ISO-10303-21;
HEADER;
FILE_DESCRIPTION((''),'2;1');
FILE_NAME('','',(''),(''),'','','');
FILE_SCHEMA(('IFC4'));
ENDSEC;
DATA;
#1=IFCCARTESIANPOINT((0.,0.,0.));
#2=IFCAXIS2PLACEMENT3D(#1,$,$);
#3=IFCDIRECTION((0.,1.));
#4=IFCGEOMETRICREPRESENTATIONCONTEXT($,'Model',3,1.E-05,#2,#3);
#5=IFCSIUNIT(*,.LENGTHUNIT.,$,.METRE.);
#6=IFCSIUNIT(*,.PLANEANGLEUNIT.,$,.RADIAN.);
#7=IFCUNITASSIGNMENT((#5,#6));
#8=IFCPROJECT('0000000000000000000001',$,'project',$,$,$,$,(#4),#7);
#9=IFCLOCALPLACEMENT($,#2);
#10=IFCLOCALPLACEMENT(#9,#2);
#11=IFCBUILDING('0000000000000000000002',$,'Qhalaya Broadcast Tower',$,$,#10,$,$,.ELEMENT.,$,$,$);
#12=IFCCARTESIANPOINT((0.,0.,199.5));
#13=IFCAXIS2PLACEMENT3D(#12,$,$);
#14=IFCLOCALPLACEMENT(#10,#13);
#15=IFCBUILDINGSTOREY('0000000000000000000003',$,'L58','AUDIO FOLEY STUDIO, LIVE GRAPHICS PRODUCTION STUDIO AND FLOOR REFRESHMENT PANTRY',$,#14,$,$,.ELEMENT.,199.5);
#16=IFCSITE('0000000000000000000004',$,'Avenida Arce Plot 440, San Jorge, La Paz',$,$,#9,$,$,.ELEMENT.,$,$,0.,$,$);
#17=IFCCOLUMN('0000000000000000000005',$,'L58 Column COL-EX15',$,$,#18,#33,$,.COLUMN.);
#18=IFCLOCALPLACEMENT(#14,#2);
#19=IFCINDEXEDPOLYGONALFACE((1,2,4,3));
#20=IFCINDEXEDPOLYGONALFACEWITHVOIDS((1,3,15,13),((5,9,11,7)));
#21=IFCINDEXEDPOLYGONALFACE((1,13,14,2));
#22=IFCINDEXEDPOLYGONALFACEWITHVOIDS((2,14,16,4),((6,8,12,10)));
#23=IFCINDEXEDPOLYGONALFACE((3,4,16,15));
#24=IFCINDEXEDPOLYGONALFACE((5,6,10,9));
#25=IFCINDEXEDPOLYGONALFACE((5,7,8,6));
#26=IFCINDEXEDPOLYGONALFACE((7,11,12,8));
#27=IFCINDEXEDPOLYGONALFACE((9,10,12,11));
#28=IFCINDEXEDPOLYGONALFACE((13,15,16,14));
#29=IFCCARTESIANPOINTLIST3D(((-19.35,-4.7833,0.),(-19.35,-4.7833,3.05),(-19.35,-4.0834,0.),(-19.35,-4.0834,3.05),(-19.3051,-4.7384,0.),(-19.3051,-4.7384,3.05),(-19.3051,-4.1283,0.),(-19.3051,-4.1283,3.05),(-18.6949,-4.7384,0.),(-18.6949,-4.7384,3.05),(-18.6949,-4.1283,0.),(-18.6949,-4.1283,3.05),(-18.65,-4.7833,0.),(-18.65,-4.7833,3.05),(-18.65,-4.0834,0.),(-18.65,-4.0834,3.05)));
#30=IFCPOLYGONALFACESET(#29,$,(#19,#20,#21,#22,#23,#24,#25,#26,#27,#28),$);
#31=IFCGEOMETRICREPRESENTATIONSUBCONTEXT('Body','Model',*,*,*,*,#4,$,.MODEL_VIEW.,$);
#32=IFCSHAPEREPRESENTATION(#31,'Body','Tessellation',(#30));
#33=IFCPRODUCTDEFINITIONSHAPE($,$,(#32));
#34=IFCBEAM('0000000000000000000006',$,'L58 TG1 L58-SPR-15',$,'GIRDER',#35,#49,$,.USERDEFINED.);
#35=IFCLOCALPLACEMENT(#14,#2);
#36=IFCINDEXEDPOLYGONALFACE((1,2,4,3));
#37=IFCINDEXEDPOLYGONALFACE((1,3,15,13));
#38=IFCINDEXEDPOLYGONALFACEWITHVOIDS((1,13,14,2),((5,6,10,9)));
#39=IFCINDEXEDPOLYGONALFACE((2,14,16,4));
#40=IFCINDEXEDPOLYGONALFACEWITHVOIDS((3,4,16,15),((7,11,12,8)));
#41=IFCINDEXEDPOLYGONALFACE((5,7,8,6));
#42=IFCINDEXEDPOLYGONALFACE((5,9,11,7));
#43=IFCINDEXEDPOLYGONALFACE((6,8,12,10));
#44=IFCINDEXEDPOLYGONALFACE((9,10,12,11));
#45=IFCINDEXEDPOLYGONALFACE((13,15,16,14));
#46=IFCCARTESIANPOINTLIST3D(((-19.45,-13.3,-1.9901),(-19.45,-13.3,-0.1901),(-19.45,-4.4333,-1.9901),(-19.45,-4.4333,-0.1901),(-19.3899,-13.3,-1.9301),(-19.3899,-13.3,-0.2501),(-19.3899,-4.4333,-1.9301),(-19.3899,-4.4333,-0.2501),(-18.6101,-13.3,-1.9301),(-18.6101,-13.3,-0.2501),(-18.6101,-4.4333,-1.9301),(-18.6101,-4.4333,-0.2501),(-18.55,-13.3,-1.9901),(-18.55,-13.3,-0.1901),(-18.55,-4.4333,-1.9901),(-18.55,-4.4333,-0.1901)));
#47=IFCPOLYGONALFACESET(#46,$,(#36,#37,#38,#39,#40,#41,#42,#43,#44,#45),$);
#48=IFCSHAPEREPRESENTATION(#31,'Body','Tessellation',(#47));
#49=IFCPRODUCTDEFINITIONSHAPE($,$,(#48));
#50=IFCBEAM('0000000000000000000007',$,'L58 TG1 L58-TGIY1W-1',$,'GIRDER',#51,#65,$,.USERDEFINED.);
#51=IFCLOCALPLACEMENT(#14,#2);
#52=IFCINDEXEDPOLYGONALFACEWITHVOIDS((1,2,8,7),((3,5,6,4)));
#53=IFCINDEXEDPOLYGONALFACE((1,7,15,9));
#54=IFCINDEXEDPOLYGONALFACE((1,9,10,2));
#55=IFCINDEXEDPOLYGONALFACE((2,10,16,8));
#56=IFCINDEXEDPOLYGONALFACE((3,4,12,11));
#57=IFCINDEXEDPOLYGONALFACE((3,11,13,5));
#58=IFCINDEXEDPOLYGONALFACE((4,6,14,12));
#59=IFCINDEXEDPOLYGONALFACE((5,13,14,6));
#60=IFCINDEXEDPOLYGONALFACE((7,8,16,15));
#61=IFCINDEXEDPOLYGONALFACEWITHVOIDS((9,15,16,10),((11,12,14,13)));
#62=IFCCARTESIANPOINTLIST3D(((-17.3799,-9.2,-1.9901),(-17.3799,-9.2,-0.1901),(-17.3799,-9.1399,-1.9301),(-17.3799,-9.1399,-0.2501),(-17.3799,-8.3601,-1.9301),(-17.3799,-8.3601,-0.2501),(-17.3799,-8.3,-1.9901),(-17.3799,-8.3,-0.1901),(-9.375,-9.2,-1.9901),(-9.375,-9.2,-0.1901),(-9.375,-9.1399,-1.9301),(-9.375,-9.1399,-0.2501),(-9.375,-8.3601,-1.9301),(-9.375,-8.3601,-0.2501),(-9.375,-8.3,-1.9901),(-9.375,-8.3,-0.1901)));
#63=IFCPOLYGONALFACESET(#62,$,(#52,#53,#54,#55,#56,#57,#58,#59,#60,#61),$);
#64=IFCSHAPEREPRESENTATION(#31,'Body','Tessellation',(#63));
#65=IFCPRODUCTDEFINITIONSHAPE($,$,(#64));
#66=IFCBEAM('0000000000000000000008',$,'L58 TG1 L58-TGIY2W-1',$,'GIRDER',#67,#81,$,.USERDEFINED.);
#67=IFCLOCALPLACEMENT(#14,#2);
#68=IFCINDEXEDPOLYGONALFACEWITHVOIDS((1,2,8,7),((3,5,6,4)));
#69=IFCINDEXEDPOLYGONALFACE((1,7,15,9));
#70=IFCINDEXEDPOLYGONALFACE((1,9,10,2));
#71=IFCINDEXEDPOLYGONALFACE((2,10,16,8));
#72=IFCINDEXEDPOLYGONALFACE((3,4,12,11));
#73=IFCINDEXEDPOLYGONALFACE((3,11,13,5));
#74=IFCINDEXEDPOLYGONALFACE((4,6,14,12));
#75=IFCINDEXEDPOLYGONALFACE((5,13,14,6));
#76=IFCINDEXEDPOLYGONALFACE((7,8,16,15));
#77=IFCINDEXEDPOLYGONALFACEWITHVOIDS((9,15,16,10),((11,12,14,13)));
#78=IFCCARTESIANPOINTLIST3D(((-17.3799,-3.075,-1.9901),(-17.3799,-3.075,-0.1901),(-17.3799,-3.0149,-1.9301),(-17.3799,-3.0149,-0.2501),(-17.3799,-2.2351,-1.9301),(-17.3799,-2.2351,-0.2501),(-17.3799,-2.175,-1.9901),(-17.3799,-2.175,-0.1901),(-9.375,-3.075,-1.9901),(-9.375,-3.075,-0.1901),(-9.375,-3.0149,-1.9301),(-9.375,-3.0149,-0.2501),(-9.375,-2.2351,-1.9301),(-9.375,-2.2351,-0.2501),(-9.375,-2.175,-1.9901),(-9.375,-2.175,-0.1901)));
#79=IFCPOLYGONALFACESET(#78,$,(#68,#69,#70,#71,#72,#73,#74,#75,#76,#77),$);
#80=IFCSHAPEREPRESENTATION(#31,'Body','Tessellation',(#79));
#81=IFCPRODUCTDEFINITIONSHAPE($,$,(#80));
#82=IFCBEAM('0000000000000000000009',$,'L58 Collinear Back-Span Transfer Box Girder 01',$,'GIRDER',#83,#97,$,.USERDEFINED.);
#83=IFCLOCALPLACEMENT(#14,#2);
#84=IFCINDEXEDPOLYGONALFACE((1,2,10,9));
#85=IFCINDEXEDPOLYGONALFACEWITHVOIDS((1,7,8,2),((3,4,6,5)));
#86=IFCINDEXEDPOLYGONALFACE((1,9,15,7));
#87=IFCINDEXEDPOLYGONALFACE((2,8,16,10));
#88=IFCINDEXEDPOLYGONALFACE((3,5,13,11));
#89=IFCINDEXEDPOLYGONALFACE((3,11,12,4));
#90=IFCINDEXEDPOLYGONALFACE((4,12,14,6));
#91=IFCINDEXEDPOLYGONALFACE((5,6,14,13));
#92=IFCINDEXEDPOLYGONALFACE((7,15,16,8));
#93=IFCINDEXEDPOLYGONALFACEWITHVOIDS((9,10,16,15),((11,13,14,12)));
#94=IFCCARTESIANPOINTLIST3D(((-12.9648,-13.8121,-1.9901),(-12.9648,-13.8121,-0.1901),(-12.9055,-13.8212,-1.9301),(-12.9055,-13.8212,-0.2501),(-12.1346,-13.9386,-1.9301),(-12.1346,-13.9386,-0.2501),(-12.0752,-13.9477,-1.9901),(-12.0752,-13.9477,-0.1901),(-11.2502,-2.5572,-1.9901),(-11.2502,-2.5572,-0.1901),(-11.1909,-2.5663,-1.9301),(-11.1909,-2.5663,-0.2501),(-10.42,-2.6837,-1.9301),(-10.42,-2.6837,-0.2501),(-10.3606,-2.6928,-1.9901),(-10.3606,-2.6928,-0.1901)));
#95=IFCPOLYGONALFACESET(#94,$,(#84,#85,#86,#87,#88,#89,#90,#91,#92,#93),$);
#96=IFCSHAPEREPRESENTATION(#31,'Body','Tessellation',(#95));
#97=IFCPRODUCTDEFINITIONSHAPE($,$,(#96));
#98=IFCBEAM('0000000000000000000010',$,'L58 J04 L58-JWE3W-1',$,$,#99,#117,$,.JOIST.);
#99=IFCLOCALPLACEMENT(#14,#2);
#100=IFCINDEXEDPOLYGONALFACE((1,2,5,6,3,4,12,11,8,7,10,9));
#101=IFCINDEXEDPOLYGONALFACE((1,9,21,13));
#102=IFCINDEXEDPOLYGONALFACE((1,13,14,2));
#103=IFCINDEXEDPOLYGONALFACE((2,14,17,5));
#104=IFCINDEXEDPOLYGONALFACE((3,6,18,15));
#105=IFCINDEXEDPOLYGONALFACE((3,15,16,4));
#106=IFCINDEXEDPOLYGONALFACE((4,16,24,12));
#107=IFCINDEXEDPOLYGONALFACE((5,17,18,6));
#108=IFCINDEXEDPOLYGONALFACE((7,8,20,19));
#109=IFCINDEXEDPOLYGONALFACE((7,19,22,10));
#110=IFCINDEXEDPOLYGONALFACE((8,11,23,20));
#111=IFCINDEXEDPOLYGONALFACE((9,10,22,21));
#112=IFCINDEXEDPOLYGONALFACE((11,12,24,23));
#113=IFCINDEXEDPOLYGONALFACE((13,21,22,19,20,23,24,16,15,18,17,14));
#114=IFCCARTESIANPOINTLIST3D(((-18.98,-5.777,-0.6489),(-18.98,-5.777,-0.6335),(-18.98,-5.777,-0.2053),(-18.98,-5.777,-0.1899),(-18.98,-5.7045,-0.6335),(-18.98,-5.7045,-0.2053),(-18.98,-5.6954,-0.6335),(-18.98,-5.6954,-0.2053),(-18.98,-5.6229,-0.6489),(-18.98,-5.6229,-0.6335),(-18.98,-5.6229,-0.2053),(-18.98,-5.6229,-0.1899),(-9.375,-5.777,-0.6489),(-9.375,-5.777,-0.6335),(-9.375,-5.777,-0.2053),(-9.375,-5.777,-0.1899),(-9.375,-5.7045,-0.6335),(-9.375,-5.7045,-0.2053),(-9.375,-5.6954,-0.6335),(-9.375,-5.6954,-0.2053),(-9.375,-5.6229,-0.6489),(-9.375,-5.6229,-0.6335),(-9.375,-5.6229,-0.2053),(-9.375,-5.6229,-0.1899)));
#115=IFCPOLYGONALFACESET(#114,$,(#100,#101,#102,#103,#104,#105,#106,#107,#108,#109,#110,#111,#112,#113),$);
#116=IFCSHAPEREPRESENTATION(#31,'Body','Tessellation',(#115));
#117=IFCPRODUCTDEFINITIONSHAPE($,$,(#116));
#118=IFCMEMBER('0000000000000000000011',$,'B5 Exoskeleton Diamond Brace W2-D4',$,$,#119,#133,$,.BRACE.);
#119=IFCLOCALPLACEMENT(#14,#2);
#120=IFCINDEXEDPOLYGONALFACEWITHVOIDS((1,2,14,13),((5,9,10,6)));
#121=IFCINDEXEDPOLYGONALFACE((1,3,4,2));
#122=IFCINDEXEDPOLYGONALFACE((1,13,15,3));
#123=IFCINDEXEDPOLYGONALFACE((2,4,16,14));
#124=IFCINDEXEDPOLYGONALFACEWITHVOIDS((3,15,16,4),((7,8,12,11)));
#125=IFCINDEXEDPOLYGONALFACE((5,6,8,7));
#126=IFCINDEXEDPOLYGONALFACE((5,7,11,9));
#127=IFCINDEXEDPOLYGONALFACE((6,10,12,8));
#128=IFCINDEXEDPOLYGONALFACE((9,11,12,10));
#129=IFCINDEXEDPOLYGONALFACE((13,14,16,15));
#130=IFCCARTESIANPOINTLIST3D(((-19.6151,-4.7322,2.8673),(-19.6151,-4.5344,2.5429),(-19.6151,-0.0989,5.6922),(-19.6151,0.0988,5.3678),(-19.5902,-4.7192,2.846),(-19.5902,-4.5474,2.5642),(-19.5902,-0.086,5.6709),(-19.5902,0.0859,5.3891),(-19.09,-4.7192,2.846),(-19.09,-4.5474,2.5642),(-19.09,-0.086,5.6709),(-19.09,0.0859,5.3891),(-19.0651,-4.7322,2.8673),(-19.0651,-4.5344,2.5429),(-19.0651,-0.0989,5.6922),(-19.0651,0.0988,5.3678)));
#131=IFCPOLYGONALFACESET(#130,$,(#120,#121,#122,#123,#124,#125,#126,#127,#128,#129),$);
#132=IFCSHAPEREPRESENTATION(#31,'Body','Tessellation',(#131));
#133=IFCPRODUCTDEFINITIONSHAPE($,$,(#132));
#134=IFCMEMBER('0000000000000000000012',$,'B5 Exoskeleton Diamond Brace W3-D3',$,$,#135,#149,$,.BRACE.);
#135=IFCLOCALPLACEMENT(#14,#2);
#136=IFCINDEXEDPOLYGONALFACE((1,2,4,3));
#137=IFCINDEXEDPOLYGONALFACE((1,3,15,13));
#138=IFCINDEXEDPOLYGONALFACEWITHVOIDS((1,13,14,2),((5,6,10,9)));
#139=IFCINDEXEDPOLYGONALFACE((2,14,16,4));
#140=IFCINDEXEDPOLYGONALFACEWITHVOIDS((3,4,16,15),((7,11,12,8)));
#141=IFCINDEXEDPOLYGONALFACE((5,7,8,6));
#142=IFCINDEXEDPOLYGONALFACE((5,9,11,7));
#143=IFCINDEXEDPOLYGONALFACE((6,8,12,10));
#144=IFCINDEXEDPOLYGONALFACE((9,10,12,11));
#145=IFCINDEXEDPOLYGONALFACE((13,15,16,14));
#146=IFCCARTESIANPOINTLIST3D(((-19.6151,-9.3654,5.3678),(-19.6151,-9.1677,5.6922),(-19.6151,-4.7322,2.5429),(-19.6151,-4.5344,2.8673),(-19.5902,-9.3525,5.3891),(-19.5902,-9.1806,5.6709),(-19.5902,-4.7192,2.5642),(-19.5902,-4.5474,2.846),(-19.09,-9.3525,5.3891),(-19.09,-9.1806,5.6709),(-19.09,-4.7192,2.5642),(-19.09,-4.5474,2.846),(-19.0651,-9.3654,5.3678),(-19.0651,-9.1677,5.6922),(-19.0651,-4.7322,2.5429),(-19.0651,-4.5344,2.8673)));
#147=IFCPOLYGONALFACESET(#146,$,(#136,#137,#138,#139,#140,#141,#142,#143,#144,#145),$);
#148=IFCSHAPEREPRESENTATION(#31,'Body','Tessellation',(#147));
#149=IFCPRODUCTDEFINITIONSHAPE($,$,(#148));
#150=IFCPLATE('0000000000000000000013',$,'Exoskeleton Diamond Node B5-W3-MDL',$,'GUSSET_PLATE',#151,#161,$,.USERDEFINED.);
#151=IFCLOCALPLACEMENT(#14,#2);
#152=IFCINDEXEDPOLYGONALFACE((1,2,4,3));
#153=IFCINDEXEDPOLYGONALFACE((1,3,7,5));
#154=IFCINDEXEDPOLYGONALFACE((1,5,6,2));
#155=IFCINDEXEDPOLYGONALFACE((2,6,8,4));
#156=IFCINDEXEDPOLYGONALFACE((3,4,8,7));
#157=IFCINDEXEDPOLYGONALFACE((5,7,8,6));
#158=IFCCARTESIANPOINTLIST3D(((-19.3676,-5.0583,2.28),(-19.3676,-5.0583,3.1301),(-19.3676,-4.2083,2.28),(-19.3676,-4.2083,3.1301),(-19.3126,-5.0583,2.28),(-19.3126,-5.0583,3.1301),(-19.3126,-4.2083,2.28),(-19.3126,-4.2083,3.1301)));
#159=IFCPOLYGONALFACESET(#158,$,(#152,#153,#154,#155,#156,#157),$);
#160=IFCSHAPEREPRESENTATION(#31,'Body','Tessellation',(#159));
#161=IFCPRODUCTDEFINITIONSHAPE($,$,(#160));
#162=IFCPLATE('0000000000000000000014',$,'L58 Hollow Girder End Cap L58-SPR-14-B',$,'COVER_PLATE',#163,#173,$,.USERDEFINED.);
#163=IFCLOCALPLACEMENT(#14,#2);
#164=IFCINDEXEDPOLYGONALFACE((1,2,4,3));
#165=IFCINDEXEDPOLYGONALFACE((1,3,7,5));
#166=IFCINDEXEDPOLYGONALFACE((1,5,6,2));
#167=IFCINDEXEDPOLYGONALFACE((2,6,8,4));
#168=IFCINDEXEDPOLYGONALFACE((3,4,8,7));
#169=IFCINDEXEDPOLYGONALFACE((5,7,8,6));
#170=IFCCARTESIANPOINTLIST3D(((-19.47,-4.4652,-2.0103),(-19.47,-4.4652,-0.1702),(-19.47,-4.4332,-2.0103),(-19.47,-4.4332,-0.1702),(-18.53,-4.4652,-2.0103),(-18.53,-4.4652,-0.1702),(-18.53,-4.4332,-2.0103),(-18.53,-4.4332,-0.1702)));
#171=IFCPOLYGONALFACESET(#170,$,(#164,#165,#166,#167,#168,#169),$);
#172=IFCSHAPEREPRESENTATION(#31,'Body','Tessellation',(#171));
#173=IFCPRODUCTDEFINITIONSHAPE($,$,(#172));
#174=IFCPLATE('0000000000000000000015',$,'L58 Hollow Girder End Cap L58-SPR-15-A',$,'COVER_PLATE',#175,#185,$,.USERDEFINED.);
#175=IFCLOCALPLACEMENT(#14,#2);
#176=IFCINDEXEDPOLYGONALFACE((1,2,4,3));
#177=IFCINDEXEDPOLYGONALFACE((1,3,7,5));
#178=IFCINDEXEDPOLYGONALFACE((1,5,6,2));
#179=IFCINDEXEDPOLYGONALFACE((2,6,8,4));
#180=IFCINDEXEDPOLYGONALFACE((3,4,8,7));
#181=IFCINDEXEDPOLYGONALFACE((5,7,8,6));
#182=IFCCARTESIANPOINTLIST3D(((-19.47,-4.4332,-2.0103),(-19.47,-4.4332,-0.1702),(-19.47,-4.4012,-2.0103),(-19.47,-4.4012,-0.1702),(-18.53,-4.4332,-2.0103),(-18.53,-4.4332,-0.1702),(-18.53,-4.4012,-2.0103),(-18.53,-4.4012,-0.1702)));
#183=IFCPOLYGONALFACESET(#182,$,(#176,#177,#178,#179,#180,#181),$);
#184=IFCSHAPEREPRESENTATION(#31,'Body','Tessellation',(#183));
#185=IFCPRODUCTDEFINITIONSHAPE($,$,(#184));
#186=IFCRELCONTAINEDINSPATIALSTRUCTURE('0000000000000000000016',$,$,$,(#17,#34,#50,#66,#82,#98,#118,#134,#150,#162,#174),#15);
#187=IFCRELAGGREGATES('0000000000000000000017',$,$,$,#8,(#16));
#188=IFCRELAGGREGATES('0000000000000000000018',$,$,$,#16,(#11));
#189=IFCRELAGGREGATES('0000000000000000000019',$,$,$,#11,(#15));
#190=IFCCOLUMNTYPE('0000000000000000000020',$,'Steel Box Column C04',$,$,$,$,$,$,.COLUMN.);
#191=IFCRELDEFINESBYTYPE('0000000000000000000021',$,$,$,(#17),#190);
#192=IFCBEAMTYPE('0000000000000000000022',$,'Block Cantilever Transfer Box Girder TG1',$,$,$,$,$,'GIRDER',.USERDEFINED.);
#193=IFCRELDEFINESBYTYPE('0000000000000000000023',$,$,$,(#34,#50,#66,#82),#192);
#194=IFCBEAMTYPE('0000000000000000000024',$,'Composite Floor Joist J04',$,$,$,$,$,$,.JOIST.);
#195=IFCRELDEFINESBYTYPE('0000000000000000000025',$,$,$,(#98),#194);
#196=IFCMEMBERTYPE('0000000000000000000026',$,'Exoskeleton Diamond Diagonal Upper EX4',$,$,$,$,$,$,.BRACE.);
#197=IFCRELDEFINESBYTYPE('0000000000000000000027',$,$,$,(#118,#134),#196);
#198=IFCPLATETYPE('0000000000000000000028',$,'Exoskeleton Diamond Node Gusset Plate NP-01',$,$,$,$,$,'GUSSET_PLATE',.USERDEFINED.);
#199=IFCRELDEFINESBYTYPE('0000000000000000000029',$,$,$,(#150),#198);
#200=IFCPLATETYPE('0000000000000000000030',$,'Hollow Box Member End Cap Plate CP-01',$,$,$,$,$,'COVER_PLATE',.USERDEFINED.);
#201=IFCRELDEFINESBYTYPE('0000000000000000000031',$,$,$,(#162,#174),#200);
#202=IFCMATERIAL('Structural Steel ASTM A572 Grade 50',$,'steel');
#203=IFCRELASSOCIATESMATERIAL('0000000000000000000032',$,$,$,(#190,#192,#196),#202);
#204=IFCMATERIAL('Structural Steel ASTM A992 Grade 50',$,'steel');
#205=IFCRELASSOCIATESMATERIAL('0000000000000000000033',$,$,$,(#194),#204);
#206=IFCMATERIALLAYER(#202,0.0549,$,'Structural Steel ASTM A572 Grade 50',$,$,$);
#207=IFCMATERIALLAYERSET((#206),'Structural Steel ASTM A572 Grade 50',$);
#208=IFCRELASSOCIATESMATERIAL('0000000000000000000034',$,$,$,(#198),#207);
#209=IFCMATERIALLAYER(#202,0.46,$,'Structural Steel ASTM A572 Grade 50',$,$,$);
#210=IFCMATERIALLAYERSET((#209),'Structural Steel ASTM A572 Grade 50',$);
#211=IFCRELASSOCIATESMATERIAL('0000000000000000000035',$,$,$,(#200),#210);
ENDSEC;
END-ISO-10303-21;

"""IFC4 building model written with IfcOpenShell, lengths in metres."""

from ifc_helpers import new_model, si_unit, direction, frame, origin, origin_2d, place, context, subcontext, project, spatial, rectangle, hollow_rectangle, i_section, extrude, material, layer, layer_set, material_profile, profile_set, type_object, element, save


model = new_model("IFC4")

# Units and contexts
model_context = context("Model", 3, precision=1e-05, world=origin(), true_north=direction((0.0, 1.0)))
body_context = subcontext(model_context, "Body", "Model", "MODEL_VIEW")
ifc_project = project(units=[si_unit("LENGTHUNIT", "METRE"), si_unit("PLANEANGLEUNIT", "RADIAN")], contexts=[model_context])

# Site, building, storey
site_placement = place(None, origin())
site = spatial("IfcSite", under=ifc_project, at=site_placement, Name="Avenida Arce Plot 440, San Jorge, La Paz", CompositionType="ELEMENT", RefElevation=0.0)
building_placement = place(site_placement, origin())
building = spatial("IfcBuilding", under=site, at=building_placement, Name="Qhalaya Broadcast Tower", CompositionType="ELEMENT")
storey_placement = place(building_placement, frame((0.0, 0.0, 199.5)))
storey = spatial("IfcBuildingStorey", under=building, at=storey_placement, Name="L58", Description="AUDIO FOLEY STUDIO, LIVE GRAPHICS PRODUCTION STUDIO AND FLOOR REFRESHMENT PANTRY", CompositionType="ELEMENT", Elevation=199.5)

# Column
ifc_material_1 = material(Name="Structural Steel ASTM A572 Grade 50", Category="steel")
ifc_material_profile_1 = material_profile(ifc_material_1, hollow_rectangle(XDim=0.7, YDim=0.7, WallThickness=0.0449, at=origin_2d()), Name="BOX 700x700x45")
ifc_profile_set_1 = profile_set([ifc_material_profile_1], Name="Structural Steel ASTM A572 Grade 50")
column_type = type_object("IfcColumnType", Name="Steel Box Column C04", PredefinedType="COLUMN", material=ifc_profile_set_1)
column_placement = place(storey_placement, frame((-19.0, -4.4333, 0.0), z_axis=(0.0, 0.0, 1.0), x_axis=(0.0, 1.0, 0.0)))
element("IfcColumn", 1, at=column_placement, inside=storey, type_object=column_type, Name="L58 Column COL-EX15", PredefinedType="COLUMN", context=body_context, shape_type="SweptSolid", body=[
    extrude(hollow_rectangle(XDim=0.7, YDim=0.7, WallThickness=0.0449, at=origin_2d()), origin(), (0.0, 0.0, 1.0), 3.05),
])

# Beams
ifc_material_profile_2 = material_profile(ifc_material_1, hollow_rectangle(XDim=0.8999, YDim=1.8, WallThickness=0.0601, at=origin_2d()), Name="BOX 900x1800x60")
ifc_profile_set_2 = profile_set([ifc_material_profile_2], Name="Structural Steel ASTM A572 Grade 50")
beam_type_1 = type_object("IfcBeamType", Name="Block Cantilever Transfer Box Girder TG1", ElementType="GIRDER", PredefinedType="USERDEFINED", material=ifc_profile_set_2)
beam_1_placement = place(storey_placement, frame((-19.0, -4.4333, -1.0901), z_axis=(0.0, -1.0, 0.0), x_axis=(1.0, 0.0, 0.0)))
element("IfcBeam", 2, at=beam_1_placement, inside=storey, type_object=beam_type_1, Name="L58 TG1 L58-SPR-15", ObjectType="GIRDER", PredefinedType="USERDEFINED", context=body_context, shape_type="SweptSolid", body=[
    extrude(hollow_rectangle(XDim=0.8999, YDim=1.8, WallThickness=0.0601, at=origin_2d()), origin(), (0.0, 0.0, 1.0), 8.8667),
])
for number, where, z_axis, x_axis, name in (
    (3, (-17.3799, -8.75, -1.0901), (1.0, 0.0, 0.0), (0.0, 1.0, 0.0), "L58 TG1 L58-TGIY1W-1"),
    (4, (-17.3799, -2.625, -1.0901), (1.0, 0.0, 0.0), (0.0, 1.0, 0.0), "L58 TG1 L58-TGIY2W-1"),
):
    element("IfcBeam", number, at=place(storey_placement, frame(where, z_axis=z_axis, x_axis=x_axis)), inside=storey, type_object=beam_type_1, Name=name, ObjectType="GIRDER", PredefinedType="USERDEFINED", context=body_context, shape_type="SweptSolid", body=[
        extrude(hollow_rectangle(XDim=0.8999, YDim=1.8, WallThickness=0.0601, at=origin_2d()), origin(), (0.0, 0.0, 1.0), 8.0049),
    ])
beam_2_placement = place(storey_placement, frame((-10.8054, -2.625, -1.0901), z_axis=(-0.150605, -0.988594, 0.0), x_axis=(0.988594, -0.150605, 0.0)))
element("IfcBeam", 5, at=beam_2_placement, inside=storey, type_object=beam_type_1, Name="L58 Collinear Back-Span Transfer Box Girder 01", ObjectType="GIRDER", PredefinedType="USERDEFINED", context=body_context, shape_type="SweptSolid", body=[
    extrude(hollow_rectangle(XDim=0.8999, YDim=1.8, WallThickness=0.0601, at=origin_2d()), origin(), (0.0, 0.0, 1.0), 11.3848),
])
ifc_material_2 = material(Name="Structural Steel ASTM A992 Grade 50", Category="steel")
ifc_material_profile_3 = material_profile(ifc_material_2, i_section(OverallWidth=0.1541, OverallDepth=0.459, WebThickness=0.009, FlangeThickness=0.0154, at=origin_2d()), Name="W18X46")
ifc_profile_set_3 = profile_set([ifc_material_profile_3], Name="Structural Steel ASTM A992 Grade 50")
beam_type_2 = type_object("IfcBeamType", Name="Composite Floor Joist J04", PredefinedType="JOIST", material=ifc_profile_set_3)
beam_3_placement = place(storey_placement, frame((-18.98, -5.7, -0.4194), z_axis=(1.0, 0.0, 0.0), x_axis=(0.0, 1.0, 0.0)))
element("IfcBeam", 6, at=beam_3_placement, inside=storey, type_object=beam_type_2, Name="L58 J04 L58-JWE3W-1", PredefinedType="JOIST", context=body_context, shape_type="SweptSolid", body=[
    extrude(i_section(OverallWidth=0.1541, OverallDepth=0.459, WebThickness=0.009, FlangeThickness=0.0154, at=origin_2d()), origin(), (0.0, 0.0, 1.0), 9.605),
])

# Members
ifc_material_profile_4 = material_profile(ifc_material_1, hollow_rectangle(XDim=0.3799, YDim=0.55, WallThickness=0.0249, at=origin_2d()), Name="BOX 380x550x25")
ifc_profile_set_4 = profile_set([ifc_material_profile_4], Name="Structural Steel ASTM A572 Grade 50")
member_type = type_object("IfcMemberType", Name="Exoskeleton Diamond Diagonal Upper EX4", PredefinedType="BRACE", material=ifc_profile_set_4)
for number, where, z_axis, x_axis, name in (
    (7, (-19.3401, -4.6333, 2.7051), (0.0, 0.853815, 0.520576), (0.0, -0.520576, 0.853815), "B5 Exoskeleton Diamond Brace W2-D4"),
    (8, (-19.3401, -4.6333, 2.7051), (0.0, -0.853815, 0.520576), (0.0, 0.520576, 0.853815), "B5 Exoskeleton Diamond Brace W3-D3"),
):
    element("IfcMember", number, at=place(storey_placement, frame(where, z_axis=z_axis, x_axis=x_axis)), inside=storey, type_object=member_type, Name=name, PredefinedType="BRACE", context=body_context, shape_type="SweptSolid", body=[
        extrude(hollow_rectangle(XDim=0.3799, YDim=0.55, WallThickness=0.0249, at=origin_2d()), origin(), (0.0, 0.0, 1.0), 5.4265),
    ])

# Plates
ifc_layer_1 = layer(ifc_material_1, 0.0549, Name="Structural Steel ASTM A572 Grade 50")
ifc_layer_set_1 = layer_set([ifc_layer_1], Name="Structural Steel ASTM A572 Grade 50")
plate_type_1 = type_object("IfcPlateType", Name="Exoskeleton Diamond Node Gusset Plate NP-01", ElementType="GUSSET_PLATE", PredefinedType="USERDEFINED", material=ifc_layer_set_1)
plate_1_placement = place(storey_placement, frame((-19.3401, -4.6333, 2.28), z_axis=(0.0, 0.0, 1.0), x_axis=(0.0, 1.0, 0.0)))
element("IfcPlate", 9, at=plate_1_placement, inside=storey, type_object=plate_type_1, Name="Exoskeleton Diamond Node B5-W3-MDL", ObjectType="GUSSET_PLATE", PredefinedType="USERDEFINED", context=body_context, shape_type="SweptSolid", body=[
    extrude(rectangle(XDim=0.8501, YDim=0.0549, at=origin_2d()), origin(), (0.0, 0.0, 1.0), 0.8501),
])
ifc_layer_2 = layer(ifc_material_1, 0.46, Name="Structural Steel ASTM A572 Grade 50")
ifc_layer_set_2 = layer_set([ifc_layer_2], Name="Structural Steel ASTM A572 Grade 50")
plate_type_2 = type_object("IfcPlateType", Name="Hollow Box Member End Cap Plate CP-01", ElementType="COVER_PLATE", PredefinedType="USERDEFINED", material=ifc_layer_set_2)
for number, where, z_axis, x_axis, name in (
    (10, (-19.0, -4.4492, -2.0103), (0.0, 0.0, 1.0), (1.0, 0.0, 0.0), "L58 Hollow Girder End Cap L58-SPR-14-B"),
    (11, (-19.0, -4.4172, -2.0103), (0.0, 0.0, 1.0), (1.0, 0.0, 0.0), "L58 Hollow Girder End Cap L58-SPR-15-A"),
):
    element("IfcPlate", number, at=place(storey_placement, frame(where, z_axis=z_axis, x_axis=x_axis)), inside=storey, type_object=plate_type_2, Name=name, ObjectType="COVER_PLATE", PredefinedType="USERDEFINED", context=body_context, shape_type="SweptSolid", body=[
        extrude(rectangle(XDim=0.9399, YDim=0.032, at=origin_2d()), origin(), (0.0, 0.0, 1.0), 1.8401),
    ])

save(model, "model.ifc")
